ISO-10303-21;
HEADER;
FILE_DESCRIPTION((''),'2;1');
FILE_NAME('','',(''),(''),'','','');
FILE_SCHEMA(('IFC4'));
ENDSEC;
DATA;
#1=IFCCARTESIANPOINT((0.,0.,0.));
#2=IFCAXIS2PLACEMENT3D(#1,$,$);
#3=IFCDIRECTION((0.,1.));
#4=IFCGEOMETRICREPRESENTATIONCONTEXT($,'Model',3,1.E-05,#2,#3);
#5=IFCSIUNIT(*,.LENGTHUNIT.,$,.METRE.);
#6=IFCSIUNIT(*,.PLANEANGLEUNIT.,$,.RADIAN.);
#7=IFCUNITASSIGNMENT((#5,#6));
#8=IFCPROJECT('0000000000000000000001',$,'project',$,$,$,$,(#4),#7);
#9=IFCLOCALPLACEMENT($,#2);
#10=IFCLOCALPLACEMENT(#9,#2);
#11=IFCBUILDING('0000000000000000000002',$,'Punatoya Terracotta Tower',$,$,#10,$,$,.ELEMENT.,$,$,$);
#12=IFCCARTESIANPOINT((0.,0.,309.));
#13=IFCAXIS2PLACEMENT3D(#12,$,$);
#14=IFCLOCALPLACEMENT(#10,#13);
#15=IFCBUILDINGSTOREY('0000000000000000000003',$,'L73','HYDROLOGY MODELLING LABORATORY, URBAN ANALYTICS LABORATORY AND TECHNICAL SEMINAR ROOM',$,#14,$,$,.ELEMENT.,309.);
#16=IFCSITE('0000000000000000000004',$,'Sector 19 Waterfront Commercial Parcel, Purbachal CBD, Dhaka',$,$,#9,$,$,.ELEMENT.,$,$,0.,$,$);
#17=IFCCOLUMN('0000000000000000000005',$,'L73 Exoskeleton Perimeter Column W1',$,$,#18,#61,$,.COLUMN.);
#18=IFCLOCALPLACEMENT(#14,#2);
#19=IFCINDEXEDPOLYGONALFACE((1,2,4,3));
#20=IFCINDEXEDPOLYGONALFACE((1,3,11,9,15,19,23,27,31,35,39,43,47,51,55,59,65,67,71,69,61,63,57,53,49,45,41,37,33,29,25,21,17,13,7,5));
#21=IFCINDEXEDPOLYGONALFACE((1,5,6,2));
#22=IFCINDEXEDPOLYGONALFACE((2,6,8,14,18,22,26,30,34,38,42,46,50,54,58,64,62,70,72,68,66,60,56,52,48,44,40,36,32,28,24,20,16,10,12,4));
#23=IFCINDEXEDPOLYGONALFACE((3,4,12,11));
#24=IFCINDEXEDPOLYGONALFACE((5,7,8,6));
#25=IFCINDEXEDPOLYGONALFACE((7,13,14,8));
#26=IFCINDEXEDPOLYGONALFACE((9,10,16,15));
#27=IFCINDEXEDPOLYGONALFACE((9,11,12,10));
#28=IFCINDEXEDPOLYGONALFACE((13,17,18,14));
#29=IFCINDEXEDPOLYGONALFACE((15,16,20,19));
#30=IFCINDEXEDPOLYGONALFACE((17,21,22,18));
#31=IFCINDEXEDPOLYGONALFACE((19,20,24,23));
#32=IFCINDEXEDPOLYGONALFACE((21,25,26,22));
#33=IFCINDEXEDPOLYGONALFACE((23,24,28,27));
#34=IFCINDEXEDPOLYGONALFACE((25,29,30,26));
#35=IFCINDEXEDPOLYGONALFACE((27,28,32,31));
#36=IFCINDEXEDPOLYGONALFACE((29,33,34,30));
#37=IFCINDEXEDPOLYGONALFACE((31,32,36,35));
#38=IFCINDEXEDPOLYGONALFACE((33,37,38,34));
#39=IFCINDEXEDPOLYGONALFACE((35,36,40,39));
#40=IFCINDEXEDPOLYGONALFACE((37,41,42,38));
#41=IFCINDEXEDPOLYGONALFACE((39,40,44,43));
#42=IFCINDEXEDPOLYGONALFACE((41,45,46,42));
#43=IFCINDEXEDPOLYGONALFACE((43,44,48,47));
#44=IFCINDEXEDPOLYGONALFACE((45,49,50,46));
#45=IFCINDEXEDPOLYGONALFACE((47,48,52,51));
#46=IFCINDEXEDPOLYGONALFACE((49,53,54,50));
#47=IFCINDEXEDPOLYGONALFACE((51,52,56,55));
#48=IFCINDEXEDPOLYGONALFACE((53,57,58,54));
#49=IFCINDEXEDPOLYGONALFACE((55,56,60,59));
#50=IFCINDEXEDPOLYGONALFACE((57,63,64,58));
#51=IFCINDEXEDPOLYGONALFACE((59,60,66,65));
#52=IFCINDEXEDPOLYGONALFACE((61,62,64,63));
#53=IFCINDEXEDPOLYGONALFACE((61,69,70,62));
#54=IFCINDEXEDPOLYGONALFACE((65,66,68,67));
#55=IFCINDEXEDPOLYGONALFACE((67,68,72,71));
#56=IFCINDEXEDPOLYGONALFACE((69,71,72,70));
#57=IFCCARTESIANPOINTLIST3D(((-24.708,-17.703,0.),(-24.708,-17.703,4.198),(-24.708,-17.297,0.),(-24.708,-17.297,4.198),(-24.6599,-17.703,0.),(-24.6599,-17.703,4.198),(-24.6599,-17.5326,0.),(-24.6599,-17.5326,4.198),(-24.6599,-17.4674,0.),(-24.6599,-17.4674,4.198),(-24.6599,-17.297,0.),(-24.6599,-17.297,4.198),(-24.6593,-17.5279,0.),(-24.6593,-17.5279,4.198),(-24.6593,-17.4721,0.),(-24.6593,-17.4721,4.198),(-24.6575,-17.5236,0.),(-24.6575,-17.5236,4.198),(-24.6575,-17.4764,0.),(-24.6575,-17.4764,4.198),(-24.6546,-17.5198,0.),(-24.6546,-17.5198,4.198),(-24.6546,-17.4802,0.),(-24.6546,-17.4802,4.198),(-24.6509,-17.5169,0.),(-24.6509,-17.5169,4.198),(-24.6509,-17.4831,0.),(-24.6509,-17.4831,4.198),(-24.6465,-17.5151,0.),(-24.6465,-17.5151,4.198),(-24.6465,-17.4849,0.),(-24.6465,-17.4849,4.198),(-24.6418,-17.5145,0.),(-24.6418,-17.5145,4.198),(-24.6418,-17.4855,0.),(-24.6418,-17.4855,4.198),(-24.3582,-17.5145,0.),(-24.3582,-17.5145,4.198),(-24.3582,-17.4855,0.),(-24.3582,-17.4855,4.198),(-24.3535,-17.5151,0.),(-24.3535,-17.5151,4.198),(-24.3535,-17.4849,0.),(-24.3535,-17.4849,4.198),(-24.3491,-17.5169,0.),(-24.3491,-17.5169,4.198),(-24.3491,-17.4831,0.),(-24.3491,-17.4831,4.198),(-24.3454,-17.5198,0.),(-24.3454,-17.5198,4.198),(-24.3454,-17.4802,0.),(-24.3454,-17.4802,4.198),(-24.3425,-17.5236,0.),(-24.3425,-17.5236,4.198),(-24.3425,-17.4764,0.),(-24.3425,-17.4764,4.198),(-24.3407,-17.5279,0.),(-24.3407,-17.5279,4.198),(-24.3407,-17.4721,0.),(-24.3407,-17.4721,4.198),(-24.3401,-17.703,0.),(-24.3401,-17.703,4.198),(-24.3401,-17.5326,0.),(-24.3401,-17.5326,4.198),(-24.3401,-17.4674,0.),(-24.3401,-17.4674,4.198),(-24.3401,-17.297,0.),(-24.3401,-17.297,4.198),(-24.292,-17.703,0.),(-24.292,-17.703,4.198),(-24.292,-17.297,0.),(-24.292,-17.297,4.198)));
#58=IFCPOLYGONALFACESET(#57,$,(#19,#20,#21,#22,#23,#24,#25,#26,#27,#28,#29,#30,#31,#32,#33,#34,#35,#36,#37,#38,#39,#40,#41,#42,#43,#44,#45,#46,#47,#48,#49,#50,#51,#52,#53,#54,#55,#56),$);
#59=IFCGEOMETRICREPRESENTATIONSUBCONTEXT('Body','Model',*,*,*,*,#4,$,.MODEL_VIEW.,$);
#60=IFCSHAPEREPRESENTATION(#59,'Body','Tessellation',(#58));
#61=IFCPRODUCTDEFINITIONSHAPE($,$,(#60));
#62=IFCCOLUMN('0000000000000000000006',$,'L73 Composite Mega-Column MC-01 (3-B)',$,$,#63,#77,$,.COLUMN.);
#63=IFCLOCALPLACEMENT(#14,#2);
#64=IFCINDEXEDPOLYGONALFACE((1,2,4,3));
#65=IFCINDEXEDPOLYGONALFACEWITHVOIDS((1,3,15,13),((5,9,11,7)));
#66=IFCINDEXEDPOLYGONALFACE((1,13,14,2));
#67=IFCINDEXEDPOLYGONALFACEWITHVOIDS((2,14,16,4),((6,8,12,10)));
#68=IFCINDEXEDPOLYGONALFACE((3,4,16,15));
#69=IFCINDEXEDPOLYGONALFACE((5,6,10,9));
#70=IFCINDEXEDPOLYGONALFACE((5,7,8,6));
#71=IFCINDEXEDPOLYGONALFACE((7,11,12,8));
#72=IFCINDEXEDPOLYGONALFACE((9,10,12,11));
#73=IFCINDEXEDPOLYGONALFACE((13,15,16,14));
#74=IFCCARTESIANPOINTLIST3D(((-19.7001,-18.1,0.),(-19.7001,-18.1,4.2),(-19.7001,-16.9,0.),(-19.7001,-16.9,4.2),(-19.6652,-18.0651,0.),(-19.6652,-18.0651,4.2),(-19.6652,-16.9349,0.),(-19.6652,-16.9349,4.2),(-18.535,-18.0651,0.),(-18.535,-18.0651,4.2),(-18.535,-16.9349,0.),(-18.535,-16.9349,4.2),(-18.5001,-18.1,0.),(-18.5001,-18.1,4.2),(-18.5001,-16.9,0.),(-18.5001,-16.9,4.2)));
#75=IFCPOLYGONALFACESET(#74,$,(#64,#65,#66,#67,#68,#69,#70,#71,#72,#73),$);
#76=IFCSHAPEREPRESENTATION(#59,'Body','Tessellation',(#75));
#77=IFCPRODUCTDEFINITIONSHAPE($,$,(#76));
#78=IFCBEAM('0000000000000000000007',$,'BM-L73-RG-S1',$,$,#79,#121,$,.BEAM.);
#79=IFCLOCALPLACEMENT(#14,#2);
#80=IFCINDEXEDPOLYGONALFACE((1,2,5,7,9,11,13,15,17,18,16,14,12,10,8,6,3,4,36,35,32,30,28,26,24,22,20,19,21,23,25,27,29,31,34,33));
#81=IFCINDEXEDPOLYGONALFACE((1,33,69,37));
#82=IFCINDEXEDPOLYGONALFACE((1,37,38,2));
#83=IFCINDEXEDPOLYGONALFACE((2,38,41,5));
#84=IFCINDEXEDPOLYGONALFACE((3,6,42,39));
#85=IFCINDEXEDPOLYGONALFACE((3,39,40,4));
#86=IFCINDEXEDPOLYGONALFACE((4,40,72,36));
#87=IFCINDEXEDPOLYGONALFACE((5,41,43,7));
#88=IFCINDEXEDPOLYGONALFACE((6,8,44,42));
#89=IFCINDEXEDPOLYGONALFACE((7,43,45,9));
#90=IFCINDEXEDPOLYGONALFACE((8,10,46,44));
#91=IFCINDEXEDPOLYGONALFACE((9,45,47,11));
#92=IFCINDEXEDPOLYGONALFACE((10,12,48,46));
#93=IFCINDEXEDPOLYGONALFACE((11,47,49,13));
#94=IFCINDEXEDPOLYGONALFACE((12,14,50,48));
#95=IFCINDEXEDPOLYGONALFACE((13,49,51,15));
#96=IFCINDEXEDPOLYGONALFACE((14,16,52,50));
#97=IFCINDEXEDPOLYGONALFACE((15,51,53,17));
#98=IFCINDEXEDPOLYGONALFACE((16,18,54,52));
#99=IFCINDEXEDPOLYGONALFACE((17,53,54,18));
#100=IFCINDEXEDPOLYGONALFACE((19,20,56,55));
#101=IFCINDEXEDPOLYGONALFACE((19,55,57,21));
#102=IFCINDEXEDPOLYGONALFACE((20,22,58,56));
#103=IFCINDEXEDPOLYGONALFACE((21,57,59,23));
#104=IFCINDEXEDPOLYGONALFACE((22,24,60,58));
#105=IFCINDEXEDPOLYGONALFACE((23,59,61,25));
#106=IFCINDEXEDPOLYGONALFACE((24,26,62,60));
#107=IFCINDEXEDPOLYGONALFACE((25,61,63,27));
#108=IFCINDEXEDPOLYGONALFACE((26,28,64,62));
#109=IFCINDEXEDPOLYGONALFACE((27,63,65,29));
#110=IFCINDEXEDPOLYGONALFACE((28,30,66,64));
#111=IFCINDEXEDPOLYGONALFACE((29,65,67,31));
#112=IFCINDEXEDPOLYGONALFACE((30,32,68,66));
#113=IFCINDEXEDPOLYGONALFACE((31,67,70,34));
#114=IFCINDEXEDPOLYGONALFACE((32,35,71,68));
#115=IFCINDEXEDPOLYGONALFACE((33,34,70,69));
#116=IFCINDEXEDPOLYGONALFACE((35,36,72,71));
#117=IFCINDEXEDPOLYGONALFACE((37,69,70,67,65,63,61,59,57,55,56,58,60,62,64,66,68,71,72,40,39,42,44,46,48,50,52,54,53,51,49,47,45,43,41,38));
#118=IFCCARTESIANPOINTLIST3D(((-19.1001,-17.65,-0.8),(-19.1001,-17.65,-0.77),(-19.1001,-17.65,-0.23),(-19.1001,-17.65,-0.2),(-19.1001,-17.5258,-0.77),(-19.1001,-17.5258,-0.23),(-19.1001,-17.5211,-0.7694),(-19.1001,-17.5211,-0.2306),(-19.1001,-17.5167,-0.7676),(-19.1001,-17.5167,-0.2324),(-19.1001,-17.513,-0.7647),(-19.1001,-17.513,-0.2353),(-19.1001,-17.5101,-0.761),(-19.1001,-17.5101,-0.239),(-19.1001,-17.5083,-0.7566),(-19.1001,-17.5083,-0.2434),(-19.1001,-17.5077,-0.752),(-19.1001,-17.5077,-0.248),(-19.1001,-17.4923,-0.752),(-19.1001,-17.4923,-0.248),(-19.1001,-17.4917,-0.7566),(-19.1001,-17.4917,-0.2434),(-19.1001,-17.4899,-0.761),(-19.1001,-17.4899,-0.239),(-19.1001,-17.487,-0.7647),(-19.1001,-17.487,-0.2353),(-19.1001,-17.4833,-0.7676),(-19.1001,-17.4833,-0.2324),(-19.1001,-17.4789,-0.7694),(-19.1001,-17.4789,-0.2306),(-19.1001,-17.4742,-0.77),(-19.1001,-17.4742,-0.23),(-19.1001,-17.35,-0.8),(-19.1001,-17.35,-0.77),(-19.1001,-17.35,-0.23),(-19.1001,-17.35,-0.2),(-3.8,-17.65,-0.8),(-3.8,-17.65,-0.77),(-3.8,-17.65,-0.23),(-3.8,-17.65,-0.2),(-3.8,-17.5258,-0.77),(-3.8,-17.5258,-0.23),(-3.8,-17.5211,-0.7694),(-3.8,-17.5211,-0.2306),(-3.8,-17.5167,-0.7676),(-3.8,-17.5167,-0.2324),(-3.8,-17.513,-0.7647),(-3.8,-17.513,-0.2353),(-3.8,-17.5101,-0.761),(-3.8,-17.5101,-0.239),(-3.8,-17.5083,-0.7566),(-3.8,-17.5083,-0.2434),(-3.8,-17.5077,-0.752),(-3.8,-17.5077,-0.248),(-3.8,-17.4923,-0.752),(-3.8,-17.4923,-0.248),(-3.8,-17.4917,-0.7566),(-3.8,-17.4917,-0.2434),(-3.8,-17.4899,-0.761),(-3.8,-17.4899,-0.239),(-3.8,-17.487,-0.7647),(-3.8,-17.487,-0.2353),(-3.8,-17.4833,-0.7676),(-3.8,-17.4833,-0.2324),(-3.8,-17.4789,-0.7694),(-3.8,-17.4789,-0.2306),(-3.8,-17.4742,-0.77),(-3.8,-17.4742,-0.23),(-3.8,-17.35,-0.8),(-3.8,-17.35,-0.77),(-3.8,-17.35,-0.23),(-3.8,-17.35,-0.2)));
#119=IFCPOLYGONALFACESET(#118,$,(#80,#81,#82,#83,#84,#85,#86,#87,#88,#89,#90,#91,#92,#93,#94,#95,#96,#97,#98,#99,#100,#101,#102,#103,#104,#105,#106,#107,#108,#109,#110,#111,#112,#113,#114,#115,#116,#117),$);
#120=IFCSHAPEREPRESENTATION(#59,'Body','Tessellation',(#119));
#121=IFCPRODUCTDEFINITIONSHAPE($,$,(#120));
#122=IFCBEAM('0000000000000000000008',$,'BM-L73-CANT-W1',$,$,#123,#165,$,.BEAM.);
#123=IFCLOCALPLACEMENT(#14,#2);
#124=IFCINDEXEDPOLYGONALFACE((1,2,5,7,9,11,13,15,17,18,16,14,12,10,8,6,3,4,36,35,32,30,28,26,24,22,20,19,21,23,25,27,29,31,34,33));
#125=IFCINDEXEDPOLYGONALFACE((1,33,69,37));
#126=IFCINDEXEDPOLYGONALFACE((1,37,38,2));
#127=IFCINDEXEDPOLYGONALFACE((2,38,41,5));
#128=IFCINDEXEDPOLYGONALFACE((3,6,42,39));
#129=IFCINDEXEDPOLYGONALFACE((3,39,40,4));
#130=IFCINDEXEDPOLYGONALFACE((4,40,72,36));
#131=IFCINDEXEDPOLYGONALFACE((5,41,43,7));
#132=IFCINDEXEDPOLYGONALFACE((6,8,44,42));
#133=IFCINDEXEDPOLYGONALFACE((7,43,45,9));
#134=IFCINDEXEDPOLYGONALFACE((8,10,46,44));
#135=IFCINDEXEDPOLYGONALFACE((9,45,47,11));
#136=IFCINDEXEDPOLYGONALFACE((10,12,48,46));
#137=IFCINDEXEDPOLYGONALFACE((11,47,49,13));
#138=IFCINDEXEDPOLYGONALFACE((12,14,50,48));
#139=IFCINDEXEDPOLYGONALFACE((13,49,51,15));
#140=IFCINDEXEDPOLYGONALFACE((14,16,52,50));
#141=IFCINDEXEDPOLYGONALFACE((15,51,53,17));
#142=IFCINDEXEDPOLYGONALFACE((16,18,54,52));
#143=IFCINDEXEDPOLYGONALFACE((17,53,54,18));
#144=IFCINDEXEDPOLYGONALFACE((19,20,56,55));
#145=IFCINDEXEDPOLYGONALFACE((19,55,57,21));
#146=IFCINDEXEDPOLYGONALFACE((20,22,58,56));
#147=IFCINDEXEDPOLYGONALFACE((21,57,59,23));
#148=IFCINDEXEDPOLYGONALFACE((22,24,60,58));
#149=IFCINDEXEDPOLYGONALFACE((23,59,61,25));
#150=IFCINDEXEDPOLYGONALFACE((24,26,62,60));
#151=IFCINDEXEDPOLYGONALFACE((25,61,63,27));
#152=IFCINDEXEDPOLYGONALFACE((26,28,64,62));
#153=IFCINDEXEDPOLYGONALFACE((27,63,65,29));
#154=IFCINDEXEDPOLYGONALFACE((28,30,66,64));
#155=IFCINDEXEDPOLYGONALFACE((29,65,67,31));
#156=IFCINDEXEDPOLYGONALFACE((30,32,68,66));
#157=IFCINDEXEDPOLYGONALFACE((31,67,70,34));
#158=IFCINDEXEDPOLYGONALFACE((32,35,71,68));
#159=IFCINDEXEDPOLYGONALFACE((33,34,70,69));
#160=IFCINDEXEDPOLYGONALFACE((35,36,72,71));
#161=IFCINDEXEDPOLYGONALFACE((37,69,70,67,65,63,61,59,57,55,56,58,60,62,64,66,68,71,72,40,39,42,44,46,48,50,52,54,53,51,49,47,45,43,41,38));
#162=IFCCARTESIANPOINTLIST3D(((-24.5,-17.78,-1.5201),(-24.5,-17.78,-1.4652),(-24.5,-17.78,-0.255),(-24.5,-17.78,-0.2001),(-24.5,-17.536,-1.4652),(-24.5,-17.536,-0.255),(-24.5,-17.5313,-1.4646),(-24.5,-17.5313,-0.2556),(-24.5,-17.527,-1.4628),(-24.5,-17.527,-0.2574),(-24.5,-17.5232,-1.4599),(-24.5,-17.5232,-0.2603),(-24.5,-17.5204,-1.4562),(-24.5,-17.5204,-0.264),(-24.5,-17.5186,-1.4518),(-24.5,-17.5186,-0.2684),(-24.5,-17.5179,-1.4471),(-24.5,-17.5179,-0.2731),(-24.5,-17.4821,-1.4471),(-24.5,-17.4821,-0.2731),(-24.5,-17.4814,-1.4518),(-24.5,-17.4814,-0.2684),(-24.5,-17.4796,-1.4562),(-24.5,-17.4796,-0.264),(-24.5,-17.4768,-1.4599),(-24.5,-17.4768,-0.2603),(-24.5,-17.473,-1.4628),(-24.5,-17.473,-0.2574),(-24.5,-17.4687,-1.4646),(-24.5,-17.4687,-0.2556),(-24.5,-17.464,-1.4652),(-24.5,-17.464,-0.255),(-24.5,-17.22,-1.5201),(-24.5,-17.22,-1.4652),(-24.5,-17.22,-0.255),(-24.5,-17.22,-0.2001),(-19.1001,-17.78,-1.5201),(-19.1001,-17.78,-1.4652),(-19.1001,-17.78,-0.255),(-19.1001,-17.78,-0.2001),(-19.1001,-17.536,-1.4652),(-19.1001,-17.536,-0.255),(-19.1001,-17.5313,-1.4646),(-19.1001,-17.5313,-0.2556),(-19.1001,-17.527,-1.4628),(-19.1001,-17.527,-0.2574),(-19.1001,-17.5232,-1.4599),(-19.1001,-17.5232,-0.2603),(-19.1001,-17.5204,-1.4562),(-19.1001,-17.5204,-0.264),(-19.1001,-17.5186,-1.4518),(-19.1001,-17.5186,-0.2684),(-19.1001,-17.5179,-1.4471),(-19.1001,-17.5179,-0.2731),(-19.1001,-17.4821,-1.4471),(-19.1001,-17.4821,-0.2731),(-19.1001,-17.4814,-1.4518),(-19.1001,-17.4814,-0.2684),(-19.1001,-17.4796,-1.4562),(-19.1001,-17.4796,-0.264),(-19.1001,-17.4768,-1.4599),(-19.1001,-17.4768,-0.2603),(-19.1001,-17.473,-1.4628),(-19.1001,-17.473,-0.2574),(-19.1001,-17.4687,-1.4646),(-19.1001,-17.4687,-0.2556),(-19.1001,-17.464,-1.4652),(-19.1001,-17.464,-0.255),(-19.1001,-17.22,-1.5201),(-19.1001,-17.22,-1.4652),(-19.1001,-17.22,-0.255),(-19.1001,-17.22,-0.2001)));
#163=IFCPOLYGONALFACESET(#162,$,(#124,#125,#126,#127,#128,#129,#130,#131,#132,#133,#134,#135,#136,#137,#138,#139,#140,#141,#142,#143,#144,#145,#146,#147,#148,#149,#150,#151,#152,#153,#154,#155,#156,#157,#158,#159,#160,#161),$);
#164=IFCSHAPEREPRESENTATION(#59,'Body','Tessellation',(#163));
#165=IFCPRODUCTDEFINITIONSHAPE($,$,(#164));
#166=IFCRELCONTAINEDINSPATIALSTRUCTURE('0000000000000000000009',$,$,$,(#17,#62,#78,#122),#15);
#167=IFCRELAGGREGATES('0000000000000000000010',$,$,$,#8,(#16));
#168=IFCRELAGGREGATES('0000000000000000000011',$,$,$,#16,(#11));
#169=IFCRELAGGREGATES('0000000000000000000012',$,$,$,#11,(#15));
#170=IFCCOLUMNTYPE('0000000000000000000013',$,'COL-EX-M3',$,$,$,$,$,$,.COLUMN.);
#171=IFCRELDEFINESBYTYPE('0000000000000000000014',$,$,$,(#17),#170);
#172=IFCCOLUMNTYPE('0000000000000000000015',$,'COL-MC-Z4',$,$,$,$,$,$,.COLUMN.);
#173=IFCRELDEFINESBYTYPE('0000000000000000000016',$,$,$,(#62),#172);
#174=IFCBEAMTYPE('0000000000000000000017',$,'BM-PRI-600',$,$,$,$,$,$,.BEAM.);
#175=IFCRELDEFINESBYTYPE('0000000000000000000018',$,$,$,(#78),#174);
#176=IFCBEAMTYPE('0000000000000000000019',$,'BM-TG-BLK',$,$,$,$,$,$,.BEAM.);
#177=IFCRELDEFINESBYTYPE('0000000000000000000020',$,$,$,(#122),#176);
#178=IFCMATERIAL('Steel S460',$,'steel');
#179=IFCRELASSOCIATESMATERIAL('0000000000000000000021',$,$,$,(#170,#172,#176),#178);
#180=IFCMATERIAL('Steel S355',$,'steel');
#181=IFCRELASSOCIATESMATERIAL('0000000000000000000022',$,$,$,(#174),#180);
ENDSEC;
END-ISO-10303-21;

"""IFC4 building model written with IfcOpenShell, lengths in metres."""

from ifc_helpers import new_model, si_unit, direction, frame, origin, origin_2d, place, context, subcontext, project, spatial, hollow_rectangle, i_section, extrude, material, material_profile, profile_set, type_object, element, save


model = new_model("IFC4")

# Units and contexts
model_context = context("Model", 3, precision=1e-05, world=origin(), true_north=direction((0.0, 1.0)))
body_context = subcontext(model_context, "Body", "Model", "MODEL_VIEW")
ifc_project = project(units=[si_unit("LENGTHUNIT", "METRE"), si_unit("PLANEANGLEUNIT", "RADIAN")], contexts=[model_context])

# Site, building, storey
site_placement = place(None, origin())
site = spatial("IfcSite", under=ifc_project, at=site_placement, Name="Sector 19 Waterfront Commercial Parcel, Purbachal CBD, Dhaka", CompositionType="ELEMENT", RefElevation=0.0)
building_placement = place(site_placement, origin())
building = spatial("IfcBuilding", under=site, at=building_placement, Name="Punatoya Terracotta Tower", CompositionType="ELEMENT")
storey_placement = place(building_placement, frame((0.0, 0.0, 309.0)))
storey = spatial("IfcBuildingStorey", under=building, at=storey_placement, Name="L73", Description="HYDROLOGY MODELLING LABORATORY, URBAN ANALYTICS LABORATORY AND TECHNICAL SEMINAR ROOM", CompositionType="ELEMENT", Elevation=309.0)

# Columns
ifc_material_1 = material(Name="Steel S460", Category="steel")
ifc_material_profile_1 = material_profile(ifc_material_1, i_section(OverallWidth=0.406, OverallDepth=0.416, WebThickness=0.0291, FlangeThickness=0.0481, FilletRadius=0.0181, at=origin_2d()))
ifc_profile_set_1 = profile_set([ifc_material_profile_1], Name="Steel S460")
column_type_1 = type_object("IfcColumnType", Name="COL-EX-M3", PredefinedType="COLUMN", material=ifc_profile_set_1)
column_1_placement = place(storey_placement, frame((-24.5, -17.5, 0.0), z_axis=(0.0, 0.0, 1.0), x_axis=(0.0, 1.0, 0.0)))
element("IfcColumn", 1, at=column_1_placement, inside=storey, type_object=column_type_1, Name="L73 Exoskeleton Perimeter Column W1", PredefinedType="COLUMN", context=body_context, shape_type="SweptSolid", body=[
    extrude(i_section(OverallWidth=0.406, OverallDepth=0.416, WebThickness=0.0291, FlangeThickness=0.0481, FilletRadius=0.0181, at=origin_2d()), origin(), (0.0, 0.0, 1.0), 4.198),
])
ifc_material_profile_2 = material_profile(ifc_material_1, hollow_rectangle(XDim=1.2, YDim=1.2, WallThickness=0.0349, at=origin_2d()))
ifc_profile_set_2 = profile_set([ifc_material_profile_2], Name="Steel S460")
column_type_2 = type_object("IfcColumnType", Name="COL-MC-Z4", PredefinedType="COLUMN", material=ifc_profile_set_2)
column_2_placement = place(storey_placement, frame((-19.1001, -17.5, 0.0), z_axis=(0.0, 0.0, 1.0), x_axis=(1.0, 0.0, 0.0)))
element("IfcColumn", 2, at=column_2_placement, inside=storey, type_object=column_type_2, Name="L73 Composite Mega-Column MC-01 (3-B)", PredefinedType="COLUMN", context=body_context, shape_type="SweptSolid", body=[
    extrude(hollow_rectangle(XDim=1.2, YDim=1.2, WallThickness=0.0349, at=origin_2d()), origin(), (0.0, 0.0, 1.0), 4.2),
])

# Beams
ifc_material_2 = material(Name="Steel S355", Category="steel")
ifc_material_profile_3 = material_profile(ifc_material_2, i_section(OverallWidth=0.3, OverallDepth=0.6001, WebThickness=0.0154, FlangeThickness=0.03, FilletRadius=0.0181, at=origin_2d()))
ifc_profile_set_3 = profile_set([ifc_material_profile_3], Name="Steel S355")
beam_type_1 = type_object("IfcBeamType", Name="BM-PRI-600", PredefinedType="BEAM", material=ifc_profile_set_3)
beam_1_placement = place(storey_placement, frame((-19.1001, -17.5, -0.5), z_axis=(1.0, 0.0, 0.0), x_axis=(0.0, 1.0, 0.0)))
element("IfcBeam", 3, at=beam_1_placement, inside=storey, type_object=beam_type_1, Name="BM-L73-RG-S1", PredefinedType="BEAM", context=body_context, shape_type="SweptSolid", body=[
    extrude(i_section(OverallWidth=0.3, OverallDepth=0.6001, WebThickness=0.0154, FlangeThickness=0.03, FilletRadius=0.0181, at=origin_2d()), origin(), (0.0, 0.0, 1.0), 15.3),
])
ifc_material_profile_4 = material_profile(ifc_material_1, i_section(OverallWidth=0.5601, OverallDepth=1.3201, WebThickness=0.0359, FlangeThickness=0.0549, FilletRadius=0.0181, at=origin_2d()))
ifc_profile_set_4 = profile_set([ifc_material_profile_4], Name="Steel S460")
beam_type_2 = type_object("IfcBeamType", Name="BM-TG-BLK", PredefinedType="BEAM", material=ifc_profile_set_4)
beam_2_placement = place(storey_placement, frame((-24.5, -17.5, -0.8601), z_axis=(1.0, 0.0, 0.0), x_axis=(0.0, 1.0, 0.0)))
element("IfcBeam", 4, at=beam_2_placement, inside=storey, type_object=beam_type_2, Name="BM-L73-CANT-W1", PredefinedType="BEAM", context=body_context, shape_type="SweptSolid", body=[
    extrude(i_section(OverallWidth=0.5601, OverallDepth=1.3201, WebThickness=0.0359, FlangeThickness=0.0549, FilletRadius=0.0181, at=origin_2d()), origin(), (0.0, 0.0, 1.0), 5.3999),
])

save(model, "model.ifc")
